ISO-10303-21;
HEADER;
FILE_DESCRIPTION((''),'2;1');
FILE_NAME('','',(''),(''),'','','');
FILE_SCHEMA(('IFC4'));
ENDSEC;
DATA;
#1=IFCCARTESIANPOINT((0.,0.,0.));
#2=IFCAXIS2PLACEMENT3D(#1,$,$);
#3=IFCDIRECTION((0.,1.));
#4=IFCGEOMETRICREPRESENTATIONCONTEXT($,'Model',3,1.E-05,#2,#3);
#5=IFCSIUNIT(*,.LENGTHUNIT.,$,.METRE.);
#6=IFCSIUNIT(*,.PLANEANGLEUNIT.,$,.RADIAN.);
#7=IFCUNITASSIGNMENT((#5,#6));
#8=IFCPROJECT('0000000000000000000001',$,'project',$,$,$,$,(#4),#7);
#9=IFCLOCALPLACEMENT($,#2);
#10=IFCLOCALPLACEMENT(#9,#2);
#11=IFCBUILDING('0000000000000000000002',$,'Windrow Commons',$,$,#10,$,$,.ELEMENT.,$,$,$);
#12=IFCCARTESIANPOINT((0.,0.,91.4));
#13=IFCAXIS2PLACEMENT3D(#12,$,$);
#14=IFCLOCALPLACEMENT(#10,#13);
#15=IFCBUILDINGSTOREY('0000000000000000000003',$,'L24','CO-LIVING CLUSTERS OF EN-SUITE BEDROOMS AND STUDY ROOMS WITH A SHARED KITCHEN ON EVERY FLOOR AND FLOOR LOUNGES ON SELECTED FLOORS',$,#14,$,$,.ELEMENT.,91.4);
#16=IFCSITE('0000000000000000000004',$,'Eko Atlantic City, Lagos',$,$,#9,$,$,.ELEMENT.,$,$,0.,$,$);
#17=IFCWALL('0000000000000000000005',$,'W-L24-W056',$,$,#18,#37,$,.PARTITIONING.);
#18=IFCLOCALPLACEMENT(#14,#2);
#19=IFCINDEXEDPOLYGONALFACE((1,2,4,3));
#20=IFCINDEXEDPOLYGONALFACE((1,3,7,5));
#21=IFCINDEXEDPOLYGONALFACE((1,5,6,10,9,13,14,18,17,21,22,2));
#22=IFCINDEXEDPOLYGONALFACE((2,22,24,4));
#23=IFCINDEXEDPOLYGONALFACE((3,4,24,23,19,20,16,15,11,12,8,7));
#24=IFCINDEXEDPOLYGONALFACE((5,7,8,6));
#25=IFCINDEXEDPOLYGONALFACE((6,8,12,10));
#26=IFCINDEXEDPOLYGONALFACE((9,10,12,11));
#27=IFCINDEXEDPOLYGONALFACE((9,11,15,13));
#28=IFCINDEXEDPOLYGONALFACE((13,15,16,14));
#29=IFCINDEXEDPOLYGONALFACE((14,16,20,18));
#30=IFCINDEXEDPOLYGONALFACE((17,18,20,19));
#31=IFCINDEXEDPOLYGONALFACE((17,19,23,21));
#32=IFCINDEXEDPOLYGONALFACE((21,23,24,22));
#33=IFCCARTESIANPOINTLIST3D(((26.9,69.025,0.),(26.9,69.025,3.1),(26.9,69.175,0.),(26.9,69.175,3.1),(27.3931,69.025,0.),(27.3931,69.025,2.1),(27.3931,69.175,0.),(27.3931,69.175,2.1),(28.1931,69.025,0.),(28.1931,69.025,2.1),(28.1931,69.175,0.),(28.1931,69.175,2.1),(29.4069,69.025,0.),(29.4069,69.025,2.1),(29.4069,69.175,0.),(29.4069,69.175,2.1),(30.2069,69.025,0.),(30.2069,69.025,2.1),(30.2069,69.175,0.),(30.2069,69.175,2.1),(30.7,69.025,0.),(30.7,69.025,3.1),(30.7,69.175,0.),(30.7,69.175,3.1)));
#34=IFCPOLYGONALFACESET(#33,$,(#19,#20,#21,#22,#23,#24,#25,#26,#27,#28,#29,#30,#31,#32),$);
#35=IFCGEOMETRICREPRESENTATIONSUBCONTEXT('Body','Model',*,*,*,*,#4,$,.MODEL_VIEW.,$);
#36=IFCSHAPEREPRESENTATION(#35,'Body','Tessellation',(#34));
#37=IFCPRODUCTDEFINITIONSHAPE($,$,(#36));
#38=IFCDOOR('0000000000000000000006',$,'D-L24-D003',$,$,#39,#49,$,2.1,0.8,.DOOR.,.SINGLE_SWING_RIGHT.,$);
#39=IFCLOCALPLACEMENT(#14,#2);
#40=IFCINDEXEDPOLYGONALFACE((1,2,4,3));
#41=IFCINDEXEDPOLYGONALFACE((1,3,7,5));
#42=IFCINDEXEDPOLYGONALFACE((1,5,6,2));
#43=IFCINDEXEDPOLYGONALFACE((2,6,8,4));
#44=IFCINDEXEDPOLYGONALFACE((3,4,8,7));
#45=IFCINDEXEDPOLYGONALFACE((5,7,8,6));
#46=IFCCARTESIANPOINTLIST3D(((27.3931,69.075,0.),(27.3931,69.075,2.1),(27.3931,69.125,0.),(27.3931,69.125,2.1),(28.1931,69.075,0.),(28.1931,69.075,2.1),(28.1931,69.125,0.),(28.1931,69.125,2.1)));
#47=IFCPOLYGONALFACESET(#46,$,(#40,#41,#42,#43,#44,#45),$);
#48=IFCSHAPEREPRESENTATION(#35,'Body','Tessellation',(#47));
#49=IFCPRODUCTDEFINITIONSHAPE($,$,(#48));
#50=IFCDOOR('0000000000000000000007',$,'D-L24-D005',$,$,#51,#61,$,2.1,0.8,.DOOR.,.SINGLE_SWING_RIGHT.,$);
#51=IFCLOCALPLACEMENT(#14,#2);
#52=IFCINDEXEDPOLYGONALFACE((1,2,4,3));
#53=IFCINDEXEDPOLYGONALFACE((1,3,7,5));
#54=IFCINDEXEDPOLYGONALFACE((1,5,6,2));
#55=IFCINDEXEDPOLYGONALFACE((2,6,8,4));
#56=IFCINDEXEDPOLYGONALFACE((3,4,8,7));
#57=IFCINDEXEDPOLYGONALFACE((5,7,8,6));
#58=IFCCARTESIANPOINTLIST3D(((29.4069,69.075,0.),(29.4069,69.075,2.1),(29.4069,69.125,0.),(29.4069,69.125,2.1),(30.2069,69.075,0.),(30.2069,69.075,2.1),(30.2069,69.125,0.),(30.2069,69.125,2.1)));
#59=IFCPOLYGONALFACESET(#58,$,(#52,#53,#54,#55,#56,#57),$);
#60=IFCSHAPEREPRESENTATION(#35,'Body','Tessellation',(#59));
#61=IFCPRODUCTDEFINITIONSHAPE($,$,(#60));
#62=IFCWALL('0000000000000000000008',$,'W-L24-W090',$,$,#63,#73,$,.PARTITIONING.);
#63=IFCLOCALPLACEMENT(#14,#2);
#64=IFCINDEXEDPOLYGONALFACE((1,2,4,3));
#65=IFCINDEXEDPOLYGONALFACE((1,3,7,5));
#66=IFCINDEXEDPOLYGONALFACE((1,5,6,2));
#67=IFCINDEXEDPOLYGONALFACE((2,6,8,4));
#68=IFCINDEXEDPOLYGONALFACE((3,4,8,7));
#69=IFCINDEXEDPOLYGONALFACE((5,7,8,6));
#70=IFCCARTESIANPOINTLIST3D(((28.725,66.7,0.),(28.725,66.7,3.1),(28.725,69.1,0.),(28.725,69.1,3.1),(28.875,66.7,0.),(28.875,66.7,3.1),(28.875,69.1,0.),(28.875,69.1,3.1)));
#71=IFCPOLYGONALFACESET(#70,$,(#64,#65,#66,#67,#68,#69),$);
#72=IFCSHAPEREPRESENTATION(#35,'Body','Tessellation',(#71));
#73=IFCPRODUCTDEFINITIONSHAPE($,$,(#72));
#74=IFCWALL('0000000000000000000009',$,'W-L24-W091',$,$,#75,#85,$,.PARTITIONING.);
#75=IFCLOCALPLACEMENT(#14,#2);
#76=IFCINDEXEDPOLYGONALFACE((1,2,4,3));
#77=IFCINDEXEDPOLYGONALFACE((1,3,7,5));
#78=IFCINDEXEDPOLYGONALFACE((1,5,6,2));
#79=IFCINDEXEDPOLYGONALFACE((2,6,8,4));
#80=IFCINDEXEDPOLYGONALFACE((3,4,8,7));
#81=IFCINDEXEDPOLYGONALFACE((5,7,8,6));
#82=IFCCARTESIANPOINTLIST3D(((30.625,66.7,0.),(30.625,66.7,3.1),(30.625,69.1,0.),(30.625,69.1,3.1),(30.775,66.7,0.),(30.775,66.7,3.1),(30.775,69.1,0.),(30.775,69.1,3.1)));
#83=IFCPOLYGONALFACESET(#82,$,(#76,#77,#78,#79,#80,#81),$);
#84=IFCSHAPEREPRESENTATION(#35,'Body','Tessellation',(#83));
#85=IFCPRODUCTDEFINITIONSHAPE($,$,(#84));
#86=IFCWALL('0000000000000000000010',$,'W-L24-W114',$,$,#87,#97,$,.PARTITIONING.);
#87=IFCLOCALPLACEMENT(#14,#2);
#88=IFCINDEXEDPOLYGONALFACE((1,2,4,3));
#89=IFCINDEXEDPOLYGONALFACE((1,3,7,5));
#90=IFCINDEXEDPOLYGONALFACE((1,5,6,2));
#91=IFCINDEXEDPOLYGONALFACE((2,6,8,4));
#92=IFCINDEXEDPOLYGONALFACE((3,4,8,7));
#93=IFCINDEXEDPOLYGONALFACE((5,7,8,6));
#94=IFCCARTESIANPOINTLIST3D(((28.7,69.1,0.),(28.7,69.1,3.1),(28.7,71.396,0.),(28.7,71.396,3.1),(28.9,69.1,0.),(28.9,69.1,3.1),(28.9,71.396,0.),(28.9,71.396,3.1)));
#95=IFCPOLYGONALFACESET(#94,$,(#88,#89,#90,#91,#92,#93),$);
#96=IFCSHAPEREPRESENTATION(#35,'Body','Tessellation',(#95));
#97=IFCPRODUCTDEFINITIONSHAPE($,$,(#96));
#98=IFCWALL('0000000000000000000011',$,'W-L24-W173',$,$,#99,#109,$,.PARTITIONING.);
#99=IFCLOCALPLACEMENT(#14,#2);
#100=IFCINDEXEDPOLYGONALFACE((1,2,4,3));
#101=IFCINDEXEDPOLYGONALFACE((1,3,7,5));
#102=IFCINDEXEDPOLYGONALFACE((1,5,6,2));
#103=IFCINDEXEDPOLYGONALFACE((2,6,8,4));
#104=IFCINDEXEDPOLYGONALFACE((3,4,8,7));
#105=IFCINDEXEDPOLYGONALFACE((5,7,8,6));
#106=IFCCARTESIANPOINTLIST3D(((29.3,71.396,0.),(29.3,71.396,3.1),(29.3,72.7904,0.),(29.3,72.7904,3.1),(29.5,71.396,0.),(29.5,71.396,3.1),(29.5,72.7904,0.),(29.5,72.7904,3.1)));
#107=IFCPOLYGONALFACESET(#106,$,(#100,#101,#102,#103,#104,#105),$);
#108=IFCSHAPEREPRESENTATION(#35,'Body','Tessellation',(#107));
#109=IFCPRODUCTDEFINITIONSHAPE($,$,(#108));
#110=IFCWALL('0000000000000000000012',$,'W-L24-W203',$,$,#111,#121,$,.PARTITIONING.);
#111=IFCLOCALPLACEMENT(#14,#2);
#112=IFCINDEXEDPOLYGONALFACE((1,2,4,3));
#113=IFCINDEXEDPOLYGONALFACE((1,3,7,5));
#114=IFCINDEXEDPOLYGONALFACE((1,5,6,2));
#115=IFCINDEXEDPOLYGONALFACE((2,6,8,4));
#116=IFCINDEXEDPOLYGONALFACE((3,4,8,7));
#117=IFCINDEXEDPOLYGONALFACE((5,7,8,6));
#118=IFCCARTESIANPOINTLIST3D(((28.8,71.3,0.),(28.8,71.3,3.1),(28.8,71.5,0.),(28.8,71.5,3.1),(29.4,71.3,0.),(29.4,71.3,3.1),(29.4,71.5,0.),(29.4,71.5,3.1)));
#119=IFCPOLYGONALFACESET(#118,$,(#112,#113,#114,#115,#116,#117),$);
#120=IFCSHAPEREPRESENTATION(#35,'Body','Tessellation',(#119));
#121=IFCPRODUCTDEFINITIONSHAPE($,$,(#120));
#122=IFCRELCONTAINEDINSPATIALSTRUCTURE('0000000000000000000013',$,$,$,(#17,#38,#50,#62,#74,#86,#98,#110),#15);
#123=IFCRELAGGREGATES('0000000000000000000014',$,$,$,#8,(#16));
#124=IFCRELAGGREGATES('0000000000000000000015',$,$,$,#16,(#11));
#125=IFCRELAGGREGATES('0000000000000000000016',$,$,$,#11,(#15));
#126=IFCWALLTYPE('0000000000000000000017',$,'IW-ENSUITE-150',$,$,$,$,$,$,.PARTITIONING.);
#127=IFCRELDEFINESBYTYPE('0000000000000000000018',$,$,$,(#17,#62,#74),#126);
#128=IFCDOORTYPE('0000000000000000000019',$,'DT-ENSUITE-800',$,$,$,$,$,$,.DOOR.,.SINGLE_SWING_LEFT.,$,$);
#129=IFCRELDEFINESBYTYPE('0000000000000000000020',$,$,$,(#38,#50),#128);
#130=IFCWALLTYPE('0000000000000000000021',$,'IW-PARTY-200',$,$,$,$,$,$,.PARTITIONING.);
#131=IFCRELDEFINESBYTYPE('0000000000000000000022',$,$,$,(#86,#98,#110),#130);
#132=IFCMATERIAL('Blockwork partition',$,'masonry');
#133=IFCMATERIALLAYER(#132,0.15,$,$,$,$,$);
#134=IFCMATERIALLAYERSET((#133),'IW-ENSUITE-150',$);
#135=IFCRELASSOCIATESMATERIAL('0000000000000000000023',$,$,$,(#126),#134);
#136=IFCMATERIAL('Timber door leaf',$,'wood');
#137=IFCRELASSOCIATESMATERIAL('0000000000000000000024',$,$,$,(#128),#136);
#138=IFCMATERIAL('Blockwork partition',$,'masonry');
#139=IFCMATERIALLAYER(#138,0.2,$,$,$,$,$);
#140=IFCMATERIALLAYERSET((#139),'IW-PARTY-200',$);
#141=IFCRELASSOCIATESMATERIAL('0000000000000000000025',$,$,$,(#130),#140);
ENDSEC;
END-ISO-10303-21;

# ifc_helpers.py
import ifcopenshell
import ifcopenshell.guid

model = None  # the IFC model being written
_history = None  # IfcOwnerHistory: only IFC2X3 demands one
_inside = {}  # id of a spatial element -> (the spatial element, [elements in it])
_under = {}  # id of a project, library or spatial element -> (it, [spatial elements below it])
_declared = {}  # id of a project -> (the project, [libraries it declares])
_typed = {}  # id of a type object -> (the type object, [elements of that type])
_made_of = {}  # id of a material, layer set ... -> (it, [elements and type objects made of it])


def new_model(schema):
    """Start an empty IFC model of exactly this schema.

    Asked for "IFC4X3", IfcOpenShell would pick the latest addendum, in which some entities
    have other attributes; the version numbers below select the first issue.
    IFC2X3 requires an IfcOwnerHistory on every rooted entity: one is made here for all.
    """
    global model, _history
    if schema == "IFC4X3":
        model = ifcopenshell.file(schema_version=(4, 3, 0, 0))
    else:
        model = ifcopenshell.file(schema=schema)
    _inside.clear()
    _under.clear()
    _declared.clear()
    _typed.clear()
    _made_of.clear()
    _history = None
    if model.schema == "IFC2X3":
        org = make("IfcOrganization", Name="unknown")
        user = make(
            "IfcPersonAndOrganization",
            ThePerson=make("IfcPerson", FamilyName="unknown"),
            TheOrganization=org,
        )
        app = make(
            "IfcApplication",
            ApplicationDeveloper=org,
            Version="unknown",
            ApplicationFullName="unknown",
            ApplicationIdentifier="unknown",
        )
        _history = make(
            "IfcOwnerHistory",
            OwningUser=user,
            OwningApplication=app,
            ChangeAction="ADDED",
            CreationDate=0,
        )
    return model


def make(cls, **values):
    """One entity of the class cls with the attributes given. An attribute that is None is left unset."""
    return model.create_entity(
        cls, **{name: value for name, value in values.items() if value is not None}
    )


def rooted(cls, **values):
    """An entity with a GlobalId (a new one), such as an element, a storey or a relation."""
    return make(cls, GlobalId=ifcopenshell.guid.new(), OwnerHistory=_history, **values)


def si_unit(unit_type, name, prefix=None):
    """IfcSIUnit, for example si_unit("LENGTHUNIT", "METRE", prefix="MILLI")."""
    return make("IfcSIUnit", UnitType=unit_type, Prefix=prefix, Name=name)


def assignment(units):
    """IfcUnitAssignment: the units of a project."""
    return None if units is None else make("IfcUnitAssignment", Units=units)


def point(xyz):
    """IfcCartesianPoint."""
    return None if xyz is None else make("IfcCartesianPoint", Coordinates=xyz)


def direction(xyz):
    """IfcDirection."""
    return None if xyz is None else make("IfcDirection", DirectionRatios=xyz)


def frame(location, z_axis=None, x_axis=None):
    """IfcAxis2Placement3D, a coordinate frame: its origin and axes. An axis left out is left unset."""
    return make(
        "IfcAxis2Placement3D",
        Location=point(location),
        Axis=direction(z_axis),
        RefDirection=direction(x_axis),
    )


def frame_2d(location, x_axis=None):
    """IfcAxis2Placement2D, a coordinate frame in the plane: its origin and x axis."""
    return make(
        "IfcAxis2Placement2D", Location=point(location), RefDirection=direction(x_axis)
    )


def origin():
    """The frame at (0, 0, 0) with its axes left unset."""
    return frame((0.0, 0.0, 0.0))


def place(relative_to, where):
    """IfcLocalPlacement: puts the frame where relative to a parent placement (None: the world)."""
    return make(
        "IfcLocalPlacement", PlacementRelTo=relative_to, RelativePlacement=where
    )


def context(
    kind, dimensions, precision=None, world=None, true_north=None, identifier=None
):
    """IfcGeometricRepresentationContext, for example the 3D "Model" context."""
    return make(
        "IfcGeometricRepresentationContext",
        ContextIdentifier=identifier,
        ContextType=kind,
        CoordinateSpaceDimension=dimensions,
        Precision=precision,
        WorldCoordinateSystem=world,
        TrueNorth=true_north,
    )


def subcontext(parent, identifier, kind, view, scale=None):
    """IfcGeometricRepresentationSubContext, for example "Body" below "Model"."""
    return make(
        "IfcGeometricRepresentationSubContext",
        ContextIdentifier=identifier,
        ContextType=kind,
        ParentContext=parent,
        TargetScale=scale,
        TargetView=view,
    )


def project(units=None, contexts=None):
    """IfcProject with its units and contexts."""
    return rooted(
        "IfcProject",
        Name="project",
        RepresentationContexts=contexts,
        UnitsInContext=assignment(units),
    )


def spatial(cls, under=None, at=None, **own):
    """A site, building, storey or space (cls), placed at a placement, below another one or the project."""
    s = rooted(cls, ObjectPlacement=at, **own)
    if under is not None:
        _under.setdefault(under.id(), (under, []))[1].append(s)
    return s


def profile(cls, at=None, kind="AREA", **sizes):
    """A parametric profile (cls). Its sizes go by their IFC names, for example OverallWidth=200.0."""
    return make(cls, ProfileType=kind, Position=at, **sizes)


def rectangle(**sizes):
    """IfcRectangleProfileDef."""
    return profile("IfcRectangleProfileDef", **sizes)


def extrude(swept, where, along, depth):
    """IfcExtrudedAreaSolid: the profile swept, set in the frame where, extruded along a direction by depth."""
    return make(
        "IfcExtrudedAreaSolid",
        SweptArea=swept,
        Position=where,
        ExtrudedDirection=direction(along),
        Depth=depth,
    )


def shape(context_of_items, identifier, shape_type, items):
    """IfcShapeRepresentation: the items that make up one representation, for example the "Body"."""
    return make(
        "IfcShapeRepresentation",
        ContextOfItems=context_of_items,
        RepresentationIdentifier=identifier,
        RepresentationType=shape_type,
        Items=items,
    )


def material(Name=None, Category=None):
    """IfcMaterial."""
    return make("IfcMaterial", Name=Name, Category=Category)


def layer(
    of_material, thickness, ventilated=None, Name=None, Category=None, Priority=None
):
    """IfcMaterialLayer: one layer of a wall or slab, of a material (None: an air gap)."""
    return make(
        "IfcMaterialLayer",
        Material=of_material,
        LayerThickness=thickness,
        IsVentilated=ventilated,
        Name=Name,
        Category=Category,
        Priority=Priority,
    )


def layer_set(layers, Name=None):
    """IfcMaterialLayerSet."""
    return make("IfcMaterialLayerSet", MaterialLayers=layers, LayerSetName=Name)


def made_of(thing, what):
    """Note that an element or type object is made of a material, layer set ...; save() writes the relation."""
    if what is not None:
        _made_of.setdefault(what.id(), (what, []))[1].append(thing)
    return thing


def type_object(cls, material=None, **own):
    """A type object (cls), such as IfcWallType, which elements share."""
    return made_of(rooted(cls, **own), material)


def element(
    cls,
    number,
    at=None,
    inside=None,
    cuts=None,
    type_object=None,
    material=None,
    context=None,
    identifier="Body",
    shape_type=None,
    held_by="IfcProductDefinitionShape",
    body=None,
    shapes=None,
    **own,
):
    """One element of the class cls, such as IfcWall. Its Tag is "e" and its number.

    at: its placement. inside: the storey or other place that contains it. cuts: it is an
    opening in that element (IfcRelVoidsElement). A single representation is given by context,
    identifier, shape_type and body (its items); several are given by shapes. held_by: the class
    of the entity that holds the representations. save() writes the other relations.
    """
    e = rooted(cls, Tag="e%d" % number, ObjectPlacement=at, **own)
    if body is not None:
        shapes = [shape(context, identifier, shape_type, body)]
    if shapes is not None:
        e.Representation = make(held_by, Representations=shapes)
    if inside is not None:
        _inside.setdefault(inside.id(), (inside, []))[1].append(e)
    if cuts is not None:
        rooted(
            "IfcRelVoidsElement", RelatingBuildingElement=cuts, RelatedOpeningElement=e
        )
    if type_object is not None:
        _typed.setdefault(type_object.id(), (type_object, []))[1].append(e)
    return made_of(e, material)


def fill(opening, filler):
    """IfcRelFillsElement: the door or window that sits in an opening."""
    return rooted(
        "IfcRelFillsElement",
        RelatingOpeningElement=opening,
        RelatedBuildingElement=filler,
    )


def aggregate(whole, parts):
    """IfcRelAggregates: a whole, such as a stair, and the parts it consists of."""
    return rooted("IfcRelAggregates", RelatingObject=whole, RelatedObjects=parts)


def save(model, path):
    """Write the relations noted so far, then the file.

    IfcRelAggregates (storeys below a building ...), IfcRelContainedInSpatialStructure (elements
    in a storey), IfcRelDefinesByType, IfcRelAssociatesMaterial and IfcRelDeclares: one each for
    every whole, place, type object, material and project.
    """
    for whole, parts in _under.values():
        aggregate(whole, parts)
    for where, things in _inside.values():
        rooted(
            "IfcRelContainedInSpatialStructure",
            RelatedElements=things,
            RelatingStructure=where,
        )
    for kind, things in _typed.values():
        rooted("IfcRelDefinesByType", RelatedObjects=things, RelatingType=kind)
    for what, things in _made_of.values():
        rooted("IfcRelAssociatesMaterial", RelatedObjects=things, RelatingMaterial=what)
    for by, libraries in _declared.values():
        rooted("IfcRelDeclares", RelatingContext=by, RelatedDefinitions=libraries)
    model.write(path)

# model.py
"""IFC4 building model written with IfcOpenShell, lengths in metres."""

from ifc_helpers import new_model, si_unit, direction, frame, frame_2d, origin, place, context, subcontext, project, spatial, rectangle, extrude, material, layer, layer_set, type_object, element, fill, save


model = new_model("IFC4")

# Units and contexts
model_context = context("Model", 3, precision=1e-05, world=origin(), true_north=direction((0.0, 1.0)))
body_context = subcontext(model_context, "Body", "Model", "MODEL_VIEW")
ifc_project = project(units=[si_unit("LENGTHUNIT", "METRE"), si_unit("PLANEANGLEUNIT", "RADIAN")], contexts=[model_context])

# Site, building, storey
site_placement = place(None, origin())
site = spatial("IfcSite", under=ifc_project, at=site_placement, Name="Eko Atlantic City, Lagos", CompositionType="ELEMENT", RefElevation=0.0)
building_placement = place(site_placement, origin())
building = spatial("IfcBuilding", under=site, at=building_placement, Name="Windrow Commons", CompositionType="ELEMENT")
storey_placement = place(building_placement, frame((0.0, 0.0, 91.4)))
storey = spatial("IfcBuildingStorey", under=building, at=storey_placement, Name="L24", Description="CO-LIVING CLUSTERS OF EN-SUITE BEDROOMS AND STUDY ROOMS WITH A SHARED KITCHEN ON EVERY FLOOR AND FLOOR LOUNGES ON SELECTED FLOORS", CompositionType="ELEMENT", Elevation=91.4)

# Wall, openings, doors
ifc_material_1 = material(Name="Blockwork partition", Category="masonry")
ifc_layer_1 = layer(ifc_material_1, 0.15)
ifc_layer_set_1 = layer_set([ifc_layer_1], Name="IW-ENSUITE-150")
wall_type_1 = type_object("IfcWallType", Name="IW-ENSUITE-150", PredefinedType="PARTITIONING", material=ifc_layer_set_1)
wall_1_placement = place(storey_placement, frame((26.9, 69.1, 0.0), z_axis=(0.0, 0.0, 1.0), x_axis=(1.0, 0.0, 0.0)))
wall_1 = element("IfcWall", 1, at=wall_1_placement, inside=storey, type_object=wall_type_1, Name="W-L24-W056", PredefinedType="PARTITIONING", context=body_context, shape_type="SweptSolid", body=[
    extrude(rectangle(XDim=3.8, YDim=0.15, at=frame_2d((1.9, 0.0))), origin(), (0.0, 0.0, 1.0), 3.1),
])
opening_1_placement = place(wall_1_placement, frame((0.4931, 0.0, 0.0)))
opening_1 = element("IfcOpeningElement", 2, at=opening_1_placement, cuts=wall_1, PredefinedType="OPENING", context=body_context, shape_type="SweptSolid", body=[
    extrude(rectangle(XDim=0.8, YDim=2.1, at=frame_2d((0.4, 1.05))), frame((0.0, 0.085, 0.0), z_axis=(0.0, -1.0, 0.0), x_axis=(1.0, 0.0, 0.0)), (0.0, 0.0, 1.0), 0.17),
])
opening_2_placement = place(wall_1_placement, frame((2.5069, 0.0, 0.0)))
opening_2 = element("IfcOpeningElement", 3, at=opening_2_placement, cuts=wall_1, PredefinedType="OPENING", context=body_context, shape_type="SweptSolid", body=[
    extrude(rectangle(XDim=0.8, YDim=2.1, at=frame_2d((0.4, 1.05))), frame((0.0, 0.085, 0.0), z_axis=(0.0, -1.0, 0.0), x_axis=(1.0, 0.0, 0.0)), (0.0, 0.0, 1.0), 0.17),
])
ifc_material_2 = material(Name="Timber door leaf", Category="wood")
door_type_1 = type_object("IfcDoorType", Name="DT-ENSUITE-800", OperationType="SINGLE_SWING_LEFT", PredefinedType="DOOR", material=ifc_material_2)
door_1_placement = place(opening_1_placement, origin())
door_1 = element("IfcDoor", 4, at=door_1_placement, inside=storey, type_object=door_type_1, Name="D-L24-D003", OperationType="SINGLE_SWING_RIGHT", OverallHeight=2.1, OverallWidth=0.8, PredefinedType="DOOR", context=body_context, shape_type="SweptSolid", body=[
    extrude(rectangle(XDim=0.8, YDim=2.1, at=frame_2d((0.4, 1.05))), frame((0.0, 0.025, 0.0), z_axis=(0.0, -1.0, 0.0), x_axis=(1.0, 0.0, 0.0)), (0.0, 0.0, 1.0), 0.05),
])
fill(opening_1, door_1)
door_2_placement = place(opening_2_placement, origin())
door_2 = element("IfcDoor", 5, at=door_2_placement, inside=storey, type_object=door_type_1, Name="D-L24-D005", OperationType="SINGLE_SWING_RIGHT", OverallHeight=2.1, OverallWidth=0.8, PredefinedType="DOOR", context=body_context, shape_type="SweptSolid", body=[
    extrude(rectangle(XDim=0.8, YDim=2.1, at=frame_2d((0.4, 1.05))), frame((0.0, 0.025, 0.0), z_axis=(0.0, -1.0, 0.0), x_axis=(1.0, 0.0, 0.0)), (0.0, 0.0, 1.0), 0.05),
])
fill(opening_2, door_2)

# Walls
for number, where, z_axis, x_axis, name in (
    (6, (28.8, 66.7, 0.0), (0.0, 0.0, 1.0), (0.0, 1.0, 0.0), "W-L24-W090"),
    (7, (30.7, 66.7, 0.0), (0.0, 0.0, 1.0), (0.0, 1.0, 0.0), "W-L24-W091"),
):
    element("IfcWall", number, at=place(storey_placement, frame(where, z_axis=z_axis, x_axis=x_axis)), inside=storey, type_object=wall_type_1, Name=name, PredefinedType="PARTITIONING", context=body_context, shape_type="SweptSolid", body=[
        extrude(rectangle(XDim=2.4, YDim=0.15, at=frame_2d((1.2, 0.0))), origin(), (0.0, 0.0, 1.0), 3.1),
    ])
ifc_material_3 = material(Name="Blockwork partition", Category="masonry")
ifc_layer_2 = layer(ifc_material_3, 0.2)
ifc_layer_set_2 = layer_set([ifc_layer_2], Name="IW-PARTY-200")
wall_type_2 = type_object("IfcWallType", Name="IW-PARTY-200", PredefinedType="PARTITIONING", material=ifc_layer_set_2)
wall_2_placement = place(storey_placement, frame((28.8, 69.1, 0.0), z_axis=(0.0, 0.0, 1.0), x_axis=(0.0, 1.0, 0.0)))
element("IfcWall", 8, at=wall_2_placement, inside=storey, type_object=wall_type_2, Name="W-L24-W114", PredefinedType="PARTITIONING", context=body_context, shape_type="SweptSolid", body=[
    extrude(rectangle(XDim=2.296, YDim=0.2, at=frame_2d((1.148, 0.0))), origin(), (0.0, 0.0, 1.0), 3.1),
])
wall_3_placement = place(storey_placement, frame((29.4, 71.396, 0.0), z_axis=(0.0, 0.0, 1.0), x_axis=(0.0, 1.0, 0.0)))
element("IfcWall", 9, at=wall_3_placement, inside=storey, type_object=wall_type_2, Name="W-L24-W173", PredefinedType="PARTITIONING", context=body_context, shape_type="SweptSolid", body=[
    extrude(rectangle(XDim=1.3943, YDim=0.2, at=frame_2d((0.6972, 0.0))), origin(), (0.0, 0.0, 1.0), 3.1),
])
wall_4_placement = place(storey_placement, frame((28.8, 71.4, 0.0), z_axis=(0.0, 0.0, 1.0), x_axis=(1.0, 0.0, 0.0)))
element("IfcWall", 10, at=wall_4_placement, inside=storey, type_object=wall_type_2, Name="W-L24-W203", PredefinedType="PARTITIONING", context=body_context, shape_type="SweptSolid", body=[
    extrude(rectangle(XDim=0.6, YDim=0.2, at=frame_2d((0.3, 0.0))), origin(), (0.0, 0.0, 1.0), 3.1),
])

save(model, "model.ifc")
